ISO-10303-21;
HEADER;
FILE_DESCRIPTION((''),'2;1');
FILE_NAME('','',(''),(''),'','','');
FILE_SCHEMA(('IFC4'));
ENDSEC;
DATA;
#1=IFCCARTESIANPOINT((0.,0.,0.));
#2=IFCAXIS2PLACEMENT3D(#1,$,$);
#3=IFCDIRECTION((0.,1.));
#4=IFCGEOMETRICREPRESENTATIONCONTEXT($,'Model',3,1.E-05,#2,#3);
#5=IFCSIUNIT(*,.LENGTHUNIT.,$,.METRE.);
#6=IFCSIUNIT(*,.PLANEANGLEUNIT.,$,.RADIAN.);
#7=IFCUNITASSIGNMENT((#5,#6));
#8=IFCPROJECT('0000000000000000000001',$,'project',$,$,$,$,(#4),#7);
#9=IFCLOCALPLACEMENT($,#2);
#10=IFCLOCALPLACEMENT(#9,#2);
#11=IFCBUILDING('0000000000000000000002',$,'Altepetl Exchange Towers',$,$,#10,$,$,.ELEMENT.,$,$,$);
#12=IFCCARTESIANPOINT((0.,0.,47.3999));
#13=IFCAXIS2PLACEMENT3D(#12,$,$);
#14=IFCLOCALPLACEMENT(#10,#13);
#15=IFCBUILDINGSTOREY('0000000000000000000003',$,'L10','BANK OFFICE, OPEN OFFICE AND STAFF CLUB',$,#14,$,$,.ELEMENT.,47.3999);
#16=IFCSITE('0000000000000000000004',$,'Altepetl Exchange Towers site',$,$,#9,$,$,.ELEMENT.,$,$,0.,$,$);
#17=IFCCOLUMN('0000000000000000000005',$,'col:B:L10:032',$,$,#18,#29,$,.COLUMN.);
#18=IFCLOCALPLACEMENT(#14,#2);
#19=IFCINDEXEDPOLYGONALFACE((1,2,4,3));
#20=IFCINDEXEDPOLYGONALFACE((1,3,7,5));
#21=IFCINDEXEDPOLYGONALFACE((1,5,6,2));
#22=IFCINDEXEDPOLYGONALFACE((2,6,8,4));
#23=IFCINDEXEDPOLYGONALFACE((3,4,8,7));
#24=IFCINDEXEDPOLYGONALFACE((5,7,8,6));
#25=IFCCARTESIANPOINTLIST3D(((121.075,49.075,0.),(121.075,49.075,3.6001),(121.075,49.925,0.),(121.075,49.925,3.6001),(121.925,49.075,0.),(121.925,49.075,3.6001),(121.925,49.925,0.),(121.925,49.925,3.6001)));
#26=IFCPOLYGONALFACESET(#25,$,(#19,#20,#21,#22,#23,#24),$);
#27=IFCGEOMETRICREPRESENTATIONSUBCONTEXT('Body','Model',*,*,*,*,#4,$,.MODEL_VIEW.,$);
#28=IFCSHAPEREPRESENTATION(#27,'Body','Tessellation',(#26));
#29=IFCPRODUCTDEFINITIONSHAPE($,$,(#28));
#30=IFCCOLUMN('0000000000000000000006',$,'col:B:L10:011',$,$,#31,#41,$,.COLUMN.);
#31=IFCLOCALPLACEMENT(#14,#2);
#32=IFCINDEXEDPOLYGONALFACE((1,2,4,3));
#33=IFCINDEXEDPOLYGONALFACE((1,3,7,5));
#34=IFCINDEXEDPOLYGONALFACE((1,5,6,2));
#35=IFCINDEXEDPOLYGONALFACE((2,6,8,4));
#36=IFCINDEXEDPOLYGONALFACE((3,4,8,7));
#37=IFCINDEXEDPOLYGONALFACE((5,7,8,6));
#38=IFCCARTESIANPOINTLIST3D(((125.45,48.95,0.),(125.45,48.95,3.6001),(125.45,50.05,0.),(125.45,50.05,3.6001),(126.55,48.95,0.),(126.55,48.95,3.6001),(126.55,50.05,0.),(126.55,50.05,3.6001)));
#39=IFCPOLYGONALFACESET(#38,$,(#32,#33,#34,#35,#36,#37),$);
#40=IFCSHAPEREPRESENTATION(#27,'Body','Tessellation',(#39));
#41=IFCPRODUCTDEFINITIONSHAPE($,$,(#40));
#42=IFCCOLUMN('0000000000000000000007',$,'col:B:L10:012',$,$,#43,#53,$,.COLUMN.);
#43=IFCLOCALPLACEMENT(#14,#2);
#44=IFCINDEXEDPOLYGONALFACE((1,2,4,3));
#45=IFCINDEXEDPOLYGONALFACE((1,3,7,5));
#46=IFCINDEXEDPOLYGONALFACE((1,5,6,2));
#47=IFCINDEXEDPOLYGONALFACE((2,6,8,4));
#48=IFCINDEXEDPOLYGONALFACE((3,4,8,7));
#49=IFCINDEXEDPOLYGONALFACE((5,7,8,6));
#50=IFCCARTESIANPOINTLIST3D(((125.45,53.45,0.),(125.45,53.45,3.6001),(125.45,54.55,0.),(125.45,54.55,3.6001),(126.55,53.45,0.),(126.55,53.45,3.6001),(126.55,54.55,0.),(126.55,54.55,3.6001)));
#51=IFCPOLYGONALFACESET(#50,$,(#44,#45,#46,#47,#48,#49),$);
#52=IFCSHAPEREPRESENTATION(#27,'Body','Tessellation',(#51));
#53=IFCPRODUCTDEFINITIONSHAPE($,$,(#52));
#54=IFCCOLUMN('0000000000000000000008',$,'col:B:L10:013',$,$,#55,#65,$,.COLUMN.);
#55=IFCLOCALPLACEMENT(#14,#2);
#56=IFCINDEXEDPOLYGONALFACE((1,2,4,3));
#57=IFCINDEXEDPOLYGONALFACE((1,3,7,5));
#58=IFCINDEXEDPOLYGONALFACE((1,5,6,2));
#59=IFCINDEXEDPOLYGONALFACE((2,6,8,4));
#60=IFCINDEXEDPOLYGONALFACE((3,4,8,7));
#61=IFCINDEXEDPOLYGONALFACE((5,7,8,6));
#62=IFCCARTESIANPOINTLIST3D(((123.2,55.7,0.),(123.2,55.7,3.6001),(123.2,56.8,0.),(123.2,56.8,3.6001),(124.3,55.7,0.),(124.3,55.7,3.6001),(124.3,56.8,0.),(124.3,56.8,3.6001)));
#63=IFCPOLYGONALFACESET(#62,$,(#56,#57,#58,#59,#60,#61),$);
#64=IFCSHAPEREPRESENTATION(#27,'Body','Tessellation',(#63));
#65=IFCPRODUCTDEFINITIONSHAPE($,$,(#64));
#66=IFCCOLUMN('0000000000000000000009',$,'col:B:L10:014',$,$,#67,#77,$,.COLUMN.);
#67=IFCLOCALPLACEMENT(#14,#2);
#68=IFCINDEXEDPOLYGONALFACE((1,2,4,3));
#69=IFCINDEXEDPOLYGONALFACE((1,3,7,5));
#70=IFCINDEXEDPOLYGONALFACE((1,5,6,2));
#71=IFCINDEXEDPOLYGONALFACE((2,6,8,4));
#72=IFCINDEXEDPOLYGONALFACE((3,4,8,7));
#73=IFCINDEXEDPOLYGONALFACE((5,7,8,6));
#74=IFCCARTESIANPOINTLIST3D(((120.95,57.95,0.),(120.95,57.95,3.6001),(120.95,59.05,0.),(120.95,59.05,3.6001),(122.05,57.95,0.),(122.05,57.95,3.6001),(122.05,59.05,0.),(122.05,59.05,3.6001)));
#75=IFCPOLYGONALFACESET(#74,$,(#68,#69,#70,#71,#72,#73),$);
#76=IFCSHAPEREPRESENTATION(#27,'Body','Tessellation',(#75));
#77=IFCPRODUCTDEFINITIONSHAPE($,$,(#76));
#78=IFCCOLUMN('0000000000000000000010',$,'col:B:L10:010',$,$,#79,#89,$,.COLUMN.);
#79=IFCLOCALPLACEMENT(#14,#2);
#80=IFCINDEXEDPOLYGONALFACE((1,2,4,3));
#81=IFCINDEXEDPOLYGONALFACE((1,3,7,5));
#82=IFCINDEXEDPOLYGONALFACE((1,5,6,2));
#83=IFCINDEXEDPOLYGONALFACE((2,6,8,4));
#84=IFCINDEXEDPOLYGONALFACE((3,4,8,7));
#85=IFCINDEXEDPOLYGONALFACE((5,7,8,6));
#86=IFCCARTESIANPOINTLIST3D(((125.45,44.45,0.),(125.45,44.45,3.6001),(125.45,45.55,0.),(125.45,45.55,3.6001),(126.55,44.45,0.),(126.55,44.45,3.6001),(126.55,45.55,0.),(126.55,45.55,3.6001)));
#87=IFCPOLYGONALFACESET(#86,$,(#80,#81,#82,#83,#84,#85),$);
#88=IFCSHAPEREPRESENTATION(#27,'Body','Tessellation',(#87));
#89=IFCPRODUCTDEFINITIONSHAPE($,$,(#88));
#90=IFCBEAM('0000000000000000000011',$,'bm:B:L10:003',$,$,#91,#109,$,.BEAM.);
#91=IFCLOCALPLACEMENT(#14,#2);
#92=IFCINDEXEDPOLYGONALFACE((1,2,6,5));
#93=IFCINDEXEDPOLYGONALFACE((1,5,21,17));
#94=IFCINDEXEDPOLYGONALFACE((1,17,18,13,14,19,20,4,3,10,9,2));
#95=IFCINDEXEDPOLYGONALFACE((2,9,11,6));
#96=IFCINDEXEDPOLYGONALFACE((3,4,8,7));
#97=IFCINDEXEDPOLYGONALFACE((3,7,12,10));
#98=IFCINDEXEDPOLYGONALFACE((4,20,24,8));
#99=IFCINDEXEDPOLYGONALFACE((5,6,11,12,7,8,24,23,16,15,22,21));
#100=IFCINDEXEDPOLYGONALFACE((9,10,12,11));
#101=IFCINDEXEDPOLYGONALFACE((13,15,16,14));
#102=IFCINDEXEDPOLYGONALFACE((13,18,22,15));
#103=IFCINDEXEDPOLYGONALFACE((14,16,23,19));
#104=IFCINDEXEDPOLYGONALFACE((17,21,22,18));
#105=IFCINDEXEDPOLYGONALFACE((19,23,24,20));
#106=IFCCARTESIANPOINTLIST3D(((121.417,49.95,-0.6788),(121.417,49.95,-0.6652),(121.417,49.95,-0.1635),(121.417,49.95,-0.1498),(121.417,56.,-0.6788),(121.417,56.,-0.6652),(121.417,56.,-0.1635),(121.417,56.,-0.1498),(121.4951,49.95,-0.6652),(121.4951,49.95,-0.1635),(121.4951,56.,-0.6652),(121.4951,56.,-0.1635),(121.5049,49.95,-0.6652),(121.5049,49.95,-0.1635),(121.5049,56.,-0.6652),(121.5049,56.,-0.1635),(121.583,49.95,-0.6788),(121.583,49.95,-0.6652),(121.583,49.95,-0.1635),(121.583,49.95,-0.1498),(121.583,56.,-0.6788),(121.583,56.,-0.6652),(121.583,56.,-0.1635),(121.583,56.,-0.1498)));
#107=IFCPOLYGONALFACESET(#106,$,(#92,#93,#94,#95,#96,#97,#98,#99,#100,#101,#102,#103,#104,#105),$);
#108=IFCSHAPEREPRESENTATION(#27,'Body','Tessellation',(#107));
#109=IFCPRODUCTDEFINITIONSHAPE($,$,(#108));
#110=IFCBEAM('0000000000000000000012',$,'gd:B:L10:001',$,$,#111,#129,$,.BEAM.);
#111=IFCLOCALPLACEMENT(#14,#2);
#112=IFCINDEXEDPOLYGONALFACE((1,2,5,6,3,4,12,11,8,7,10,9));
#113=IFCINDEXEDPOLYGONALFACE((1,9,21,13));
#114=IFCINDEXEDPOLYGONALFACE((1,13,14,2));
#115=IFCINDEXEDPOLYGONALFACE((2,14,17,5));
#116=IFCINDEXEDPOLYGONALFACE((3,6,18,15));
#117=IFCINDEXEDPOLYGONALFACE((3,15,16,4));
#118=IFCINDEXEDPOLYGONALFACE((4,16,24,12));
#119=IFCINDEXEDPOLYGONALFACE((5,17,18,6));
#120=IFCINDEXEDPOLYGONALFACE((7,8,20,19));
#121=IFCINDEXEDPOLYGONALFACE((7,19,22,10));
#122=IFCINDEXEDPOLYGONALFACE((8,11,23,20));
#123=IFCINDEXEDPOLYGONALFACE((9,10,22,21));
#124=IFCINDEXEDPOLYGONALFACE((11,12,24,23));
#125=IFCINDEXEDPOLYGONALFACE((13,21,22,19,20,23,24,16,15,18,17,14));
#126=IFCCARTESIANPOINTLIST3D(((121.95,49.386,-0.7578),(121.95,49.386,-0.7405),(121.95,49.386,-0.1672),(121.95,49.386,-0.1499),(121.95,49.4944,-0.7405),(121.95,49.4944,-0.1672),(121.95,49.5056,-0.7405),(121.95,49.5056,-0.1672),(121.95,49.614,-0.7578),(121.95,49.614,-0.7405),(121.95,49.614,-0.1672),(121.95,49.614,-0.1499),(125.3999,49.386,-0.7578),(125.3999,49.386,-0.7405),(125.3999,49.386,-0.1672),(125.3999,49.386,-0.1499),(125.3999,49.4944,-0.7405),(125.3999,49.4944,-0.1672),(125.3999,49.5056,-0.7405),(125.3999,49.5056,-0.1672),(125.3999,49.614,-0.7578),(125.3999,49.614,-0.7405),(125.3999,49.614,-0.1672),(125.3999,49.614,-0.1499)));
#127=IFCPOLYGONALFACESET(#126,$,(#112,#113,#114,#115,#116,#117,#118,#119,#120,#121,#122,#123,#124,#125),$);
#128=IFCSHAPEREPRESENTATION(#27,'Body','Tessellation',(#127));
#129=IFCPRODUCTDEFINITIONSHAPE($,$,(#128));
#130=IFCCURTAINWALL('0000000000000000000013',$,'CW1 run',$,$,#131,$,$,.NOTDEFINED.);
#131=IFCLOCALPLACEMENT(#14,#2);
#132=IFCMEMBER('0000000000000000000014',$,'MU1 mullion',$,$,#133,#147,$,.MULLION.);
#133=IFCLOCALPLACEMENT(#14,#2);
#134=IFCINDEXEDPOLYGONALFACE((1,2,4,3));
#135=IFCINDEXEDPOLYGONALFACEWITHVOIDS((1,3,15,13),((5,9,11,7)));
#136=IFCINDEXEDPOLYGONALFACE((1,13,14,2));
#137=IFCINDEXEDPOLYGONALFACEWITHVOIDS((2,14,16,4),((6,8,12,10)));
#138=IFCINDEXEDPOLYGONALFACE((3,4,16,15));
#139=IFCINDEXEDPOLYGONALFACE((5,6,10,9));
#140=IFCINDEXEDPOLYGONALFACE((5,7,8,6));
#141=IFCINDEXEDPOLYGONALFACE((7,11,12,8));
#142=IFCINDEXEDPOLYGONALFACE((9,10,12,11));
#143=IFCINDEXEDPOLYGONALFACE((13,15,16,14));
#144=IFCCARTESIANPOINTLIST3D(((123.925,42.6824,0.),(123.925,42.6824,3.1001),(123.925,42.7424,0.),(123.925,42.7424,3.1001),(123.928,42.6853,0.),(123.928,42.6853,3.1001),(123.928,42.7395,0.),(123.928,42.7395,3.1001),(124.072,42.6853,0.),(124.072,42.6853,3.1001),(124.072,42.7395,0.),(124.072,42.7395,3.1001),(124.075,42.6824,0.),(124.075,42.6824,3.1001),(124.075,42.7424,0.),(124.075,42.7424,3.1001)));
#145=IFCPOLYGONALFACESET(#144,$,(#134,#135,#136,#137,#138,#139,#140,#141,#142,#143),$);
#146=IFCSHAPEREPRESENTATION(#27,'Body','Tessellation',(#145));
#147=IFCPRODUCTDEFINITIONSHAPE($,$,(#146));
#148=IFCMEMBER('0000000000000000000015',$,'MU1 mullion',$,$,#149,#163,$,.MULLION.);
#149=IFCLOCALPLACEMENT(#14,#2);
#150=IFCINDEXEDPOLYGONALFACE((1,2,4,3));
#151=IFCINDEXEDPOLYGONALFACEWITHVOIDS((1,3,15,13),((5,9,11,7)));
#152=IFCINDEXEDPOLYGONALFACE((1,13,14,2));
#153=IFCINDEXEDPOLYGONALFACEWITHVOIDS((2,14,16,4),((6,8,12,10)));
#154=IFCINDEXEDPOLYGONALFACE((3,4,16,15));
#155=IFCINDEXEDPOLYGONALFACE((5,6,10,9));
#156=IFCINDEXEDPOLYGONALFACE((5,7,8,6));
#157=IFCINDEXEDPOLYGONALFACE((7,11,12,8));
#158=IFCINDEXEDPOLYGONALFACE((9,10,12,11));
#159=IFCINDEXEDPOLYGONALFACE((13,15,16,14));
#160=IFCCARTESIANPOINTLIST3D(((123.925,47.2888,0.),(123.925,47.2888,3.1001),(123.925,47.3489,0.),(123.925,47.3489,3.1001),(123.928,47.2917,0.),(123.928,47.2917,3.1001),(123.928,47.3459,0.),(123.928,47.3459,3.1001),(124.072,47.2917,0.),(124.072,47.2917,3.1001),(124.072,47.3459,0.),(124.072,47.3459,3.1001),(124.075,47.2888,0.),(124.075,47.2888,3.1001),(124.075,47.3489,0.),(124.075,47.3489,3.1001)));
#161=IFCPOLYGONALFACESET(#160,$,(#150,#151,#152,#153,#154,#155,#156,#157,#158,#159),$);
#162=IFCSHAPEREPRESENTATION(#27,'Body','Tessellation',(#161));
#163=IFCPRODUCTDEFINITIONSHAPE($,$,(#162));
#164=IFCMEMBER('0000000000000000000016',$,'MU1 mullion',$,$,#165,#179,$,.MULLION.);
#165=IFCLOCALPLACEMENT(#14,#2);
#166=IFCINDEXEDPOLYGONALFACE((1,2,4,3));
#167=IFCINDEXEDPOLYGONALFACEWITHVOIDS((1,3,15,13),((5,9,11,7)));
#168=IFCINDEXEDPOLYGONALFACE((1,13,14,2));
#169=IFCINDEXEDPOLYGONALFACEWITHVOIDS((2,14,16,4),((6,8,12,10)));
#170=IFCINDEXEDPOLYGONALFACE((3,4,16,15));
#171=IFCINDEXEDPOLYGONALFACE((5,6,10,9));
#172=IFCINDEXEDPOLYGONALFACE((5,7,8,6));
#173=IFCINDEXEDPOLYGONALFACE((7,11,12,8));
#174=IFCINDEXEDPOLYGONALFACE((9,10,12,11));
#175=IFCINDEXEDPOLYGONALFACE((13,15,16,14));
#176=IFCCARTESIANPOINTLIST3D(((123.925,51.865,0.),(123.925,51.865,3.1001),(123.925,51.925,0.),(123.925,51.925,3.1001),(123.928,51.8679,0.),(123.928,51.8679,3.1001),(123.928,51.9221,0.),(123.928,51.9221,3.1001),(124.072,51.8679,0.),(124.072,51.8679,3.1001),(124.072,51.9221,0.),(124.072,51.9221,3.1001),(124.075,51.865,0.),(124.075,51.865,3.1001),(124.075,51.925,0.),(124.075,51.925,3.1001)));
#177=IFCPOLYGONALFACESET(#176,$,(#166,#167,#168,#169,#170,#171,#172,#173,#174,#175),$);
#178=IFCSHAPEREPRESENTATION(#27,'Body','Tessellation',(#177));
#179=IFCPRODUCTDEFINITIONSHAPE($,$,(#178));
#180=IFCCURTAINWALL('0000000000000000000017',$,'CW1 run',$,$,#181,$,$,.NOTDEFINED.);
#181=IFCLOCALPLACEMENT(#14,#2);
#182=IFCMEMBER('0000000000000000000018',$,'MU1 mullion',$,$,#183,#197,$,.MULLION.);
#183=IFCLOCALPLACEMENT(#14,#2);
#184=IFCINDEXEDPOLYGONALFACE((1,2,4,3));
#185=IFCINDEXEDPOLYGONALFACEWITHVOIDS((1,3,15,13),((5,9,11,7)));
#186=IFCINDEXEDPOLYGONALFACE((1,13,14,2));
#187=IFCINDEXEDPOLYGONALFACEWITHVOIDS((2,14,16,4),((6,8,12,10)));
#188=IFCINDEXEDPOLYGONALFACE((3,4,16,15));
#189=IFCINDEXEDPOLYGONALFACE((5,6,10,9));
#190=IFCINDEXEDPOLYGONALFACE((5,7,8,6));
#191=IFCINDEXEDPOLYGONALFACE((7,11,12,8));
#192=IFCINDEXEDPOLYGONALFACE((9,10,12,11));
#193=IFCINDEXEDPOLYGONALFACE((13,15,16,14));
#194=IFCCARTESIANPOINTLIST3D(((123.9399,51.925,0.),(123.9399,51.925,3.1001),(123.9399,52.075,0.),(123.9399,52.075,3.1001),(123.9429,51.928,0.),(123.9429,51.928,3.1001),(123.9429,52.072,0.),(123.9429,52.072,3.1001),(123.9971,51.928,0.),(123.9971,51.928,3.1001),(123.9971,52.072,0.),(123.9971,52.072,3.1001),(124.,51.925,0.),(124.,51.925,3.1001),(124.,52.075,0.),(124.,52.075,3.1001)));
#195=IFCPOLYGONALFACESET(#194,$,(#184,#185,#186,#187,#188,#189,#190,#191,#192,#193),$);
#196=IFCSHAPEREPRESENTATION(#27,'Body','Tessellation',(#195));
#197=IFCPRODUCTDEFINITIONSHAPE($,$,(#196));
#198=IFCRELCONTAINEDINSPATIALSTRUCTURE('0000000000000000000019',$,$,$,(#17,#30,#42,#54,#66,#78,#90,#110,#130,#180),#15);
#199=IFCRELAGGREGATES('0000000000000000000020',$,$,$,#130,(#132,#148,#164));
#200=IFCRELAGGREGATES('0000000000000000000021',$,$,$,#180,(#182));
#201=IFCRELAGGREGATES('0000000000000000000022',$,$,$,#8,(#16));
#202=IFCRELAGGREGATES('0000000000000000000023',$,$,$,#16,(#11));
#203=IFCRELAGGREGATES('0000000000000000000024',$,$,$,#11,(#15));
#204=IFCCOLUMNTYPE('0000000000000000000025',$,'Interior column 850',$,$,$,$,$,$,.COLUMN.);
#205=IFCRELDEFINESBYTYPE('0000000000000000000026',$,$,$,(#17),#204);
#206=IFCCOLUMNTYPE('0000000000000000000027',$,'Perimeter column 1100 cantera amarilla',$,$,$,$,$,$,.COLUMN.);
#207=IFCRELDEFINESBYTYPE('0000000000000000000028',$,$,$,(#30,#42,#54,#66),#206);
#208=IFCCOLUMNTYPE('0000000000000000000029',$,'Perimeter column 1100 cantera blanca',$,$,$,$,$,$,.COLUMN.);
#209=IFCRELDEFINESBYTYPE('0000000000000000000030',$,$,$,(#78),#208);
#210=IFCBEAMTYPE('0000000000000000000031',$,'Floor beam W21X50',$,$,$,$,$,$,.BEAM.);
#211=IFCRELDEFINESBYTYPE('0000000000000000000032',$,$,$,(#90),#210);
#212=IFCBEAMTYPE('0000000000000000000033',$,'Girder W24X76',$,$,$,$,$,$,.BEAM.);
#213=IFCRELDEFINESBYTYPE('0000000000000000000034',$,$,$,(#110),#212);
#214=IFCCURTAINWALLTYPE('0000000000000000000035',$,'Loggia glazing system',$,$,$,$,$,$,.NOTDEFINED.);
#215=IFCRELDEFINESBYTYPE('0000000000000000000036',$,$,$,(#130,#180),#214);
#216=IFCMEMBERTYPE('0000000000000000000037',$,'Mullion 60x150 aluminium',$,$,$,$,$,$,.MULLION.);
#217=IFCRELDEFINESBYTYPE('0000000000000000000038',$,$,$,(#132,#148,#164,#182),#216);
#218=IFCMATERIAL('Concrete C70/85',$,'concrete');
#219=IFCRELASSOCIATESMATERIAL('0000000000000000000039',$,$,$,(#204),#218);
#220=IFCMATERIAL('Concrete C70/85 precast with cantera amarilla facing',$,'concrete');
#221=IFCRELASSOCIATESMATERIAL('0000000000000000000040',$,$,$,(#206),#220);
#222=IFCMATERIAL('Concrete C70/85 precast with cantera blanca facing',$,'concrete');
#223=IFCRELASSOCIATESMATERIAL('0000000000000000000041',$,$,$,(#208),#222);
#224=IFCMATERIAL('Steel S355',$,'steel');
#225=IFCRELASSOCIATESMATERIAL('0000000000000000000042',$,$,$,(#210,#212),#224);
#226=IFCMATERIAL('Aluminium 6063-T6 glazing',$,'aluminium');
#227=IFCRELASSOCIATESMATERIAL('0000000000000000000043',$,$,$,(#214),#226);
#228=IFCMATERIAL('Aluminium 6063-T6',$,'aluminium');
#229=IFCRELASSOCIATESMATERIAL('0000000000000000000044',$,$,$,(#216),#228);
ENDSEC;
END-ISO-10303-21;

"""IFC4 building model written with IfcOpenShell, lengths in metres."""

from ifc_helpers import new_model, si_unit, direction, frame, origin, origin_2d, place, context, subcontext, project, spatial, rectangle, hollow_rectangle, i_section, extrude, material, material_profile, profile_set, type_object, element, aggregate, save


model = new_model("IFC4")

# Units and contexts
model_context = context("Model", 3, precision=1e-05, world=origin(), true_north=direction((0.0, 1.0)))
body_context = subcontext(model_context, "Body", "Model", "MODEL_VIEW")
ifc_project = project(units=[si_unit("LENGTHUNIT", "METRE"), si_unit("PLANEANGLEUNIT", "RADIAN")], contexts=[model_context])

# Site, building, storey
site_placement = place(None, origin())
site = spatial("IfcSite", under=ifc_project, at=site_placement, Name="Altepetl Exchange Towers site", CompositionType="ELEMENT", RefElevation=0.0)
building_placement = place(site_placement, origin())
building = spatial("IfcBuilding", under=site, at=building_placement, Name="Altepetl Exchange Towers", CompositionType="ELEMENT")
storey_placement = place(building_placement, frame((0.0, 0.0, 47.3999)))
storey = spatial("IfcBuildingStorey", under=building, at=storey_placement, Name="L10", Description="BANK OFFICE, OPEN OFFICE AND STAFF CLUB", CompositionType="ELEMENT", Elevation=47.3999)

# Columns
ifc_material_1 = material(Name="Concrete C70/85", Category="concrete")
ifc_material_profile_1 = material_profile(ifc_material_1, rectangle(XDim=0.8501, YDim=0.8501, at=origin_2d()), Name="850 x 850")
ifc_profile_set_1 = profile_set([ifc_material_profile_1], Name="Concrete C70/85")
column_type_1 = type_object("IfcColumnType", Name="Interior column 850", PredefinedType="COLUMN", material=ifc_profile_set_1)
column_1_placement = place(storey_placement, frame((121.5, 49.5, 0.0)))
element("IfcColumn", 1, at=column_1_placement, inside=storey, type_object=column_type_1, Name="col:B:L10:032", PredefinedType="COLUMN", context=body_context, shape_type="SweptSolid", body=[
    extrude(rectangle(XDim=0.8501, YDim=0.8501, at=origin_2d()), origin(), (0.0, 0.0, 1.0), 3.6001),
])
ifc_material_2 = material(Name="Concrete C70/85 precast with cantera amarilla facing", Category="concrete")
ifc_material_profile_2 = material_profile(ifc_material_2, rectangle(XDim=1.1001, YDim=1.1001, at=origin_2d()), Name="1100 x 1100")
ifc_profile_set_2 = profile_set([ifc_material_profile_2], Name="Concrete C70/85 precast with cantera amarilla facing")
column_type_2 = type_object("IfcColumnType", Name="Perimeter column 1100 cantera amarilla", PredefinedType="COLUMN", material=ifc_profile_set_2)
for number, where, name in (
    (2, (126.0, 49.5, 0.0), "col:B:L10:011"),
    (3, (126.0, 54.0, 0.0), "col:B:L10:012"),
    (4, (123.75, 56.25, 0.0), "col:B:L10:013"),
    (5, (121.5, 58.5, 0.0), "col:B:L10:014"),
):
    element("IfcColumn", number, at=place(storey_placement, frame(where)), inside=storey, type_object=column_type_2, Name=name, PredefinedType="COLUMN", context=body_context, shape_type="SweptSolid", body=[
        extrude(rectangle(XDim=1.1001, YDim=1.1001, at=origin_2d()), origin(), (0.0, 0.0, 1.0), 3.6001),
    ])
ifc_material_3 = material(Name="Concrete C70/85 precast with cantera blanca facing", Category="concrete")
ifc_material_profile_3 = material_profile(ifc_material_3, rectangle(XDim=1.1001, YDim=1.1001, at=origin_2d()), Name="1100 x 1100")
ifc_profile_set_3 = profile_set([ifc_material_profile_3], Name="Concrete C70/85 precast with cantera blanca facing")
column_type_3 = type_object("IfcColumnType", Name="Perimeter column 1100 cantera blanca", PredefinedType="COLUMN", material=ifc_profile_set_3)
column_2_placement = place(storey_placement, frame((126.0, 45.0, 0.0)))
element("IfcColumn", 6, at=column_2_placement, inside=storey, type_object=column_type_3, Name="col:B:L10:010", PredefinedType="COLUMN", context=body_context, shape_type="SweptSolid", body=[
    extrude(rectangle(XDim=1.1001, YDim=1.1001, at=origin_2d()), origin(), (0.0, 0.0, 1.0), 3.6001),
])

# Beams
ifc_material_4 = material(Name="Steel S355", Category="steel")
ifc_material_profile_4 = material_profile(ifc_material_4, i_section(OverallWidth=0.166, OverallDepth=0.5291, WebThickness=0.0098, FlangeThickness=0.0137, at=origin_2d()), Name="W21X50")
ifc_profile_set_4 = profile_set([ifc_material_profile_4], Name="Steel S355")
beam_type_1 = type_object("IfcBeamType", Name="Floor beam W21X50", PredefinedType="BEAM", material=ifc_profile_set_4)
beam_1_placement = place(storey_placement, frame((121.5, 49.95, -0.4143), z_axis=(0.0, 1.0, 0.0), x_axis=(-1.0, 0.0, 0.0)))
element("IfcBeam", 7, at=beam_1_placement, inside=storey, type_object=beam_type_1, Name="bm:B:L10:003", PredefinedType="BEAM", context=body_context, shape_type="SweptSolid", body=[
    extrude(i_section(OverallWidth=0.166, OverallDepth=0.5291, WebThickness=0.0098, FlangeThickness=0.0137, at=origin_2d()), origin(), (0.0, 0.0, 1.0), 6.05),
])
ifc_material_profile_5 = material_profile(ifc_material_4, i_section(OverallWidth=0.228, OverallDepth=0.6079, WebThickness=0.0112, FlangeThickness=0.0173, at=origin_2d()), Name="W24X76")
ifc_profile_set_5 = profile_set([ifc_material_profile_5], Name="Steel S355")
beam_type_2 = type_object("IfcBeamType", Name="Girder W24X76", PredefinedType="BEAM", material=ifc_profile_set_5)
beam_2_placement = place(storey_placement, frame((121.95, 49.5, -0.4539), z_axis=(1.0, 0.0, 0.0), x_axis=(0.0, 1.0, 0.0)))
element("IfcBeam", 8, at=beam_2_placement, inside=storey, type_object=beam_type_2, Name="gd:B:L10:001", PredefinedType="BEAM", context=body_context, shape_type="SweptSolid", body=[
    extrude(i_section(OverallWidth=0.228, OverallDepth=0.6079, WebThickness=0.0112, FlangeThickness=0.0173, at=origin_2d()), origin(), (0.0, 0.0, 1.0), 3.45),
])

# Curtain walls, members
ifc_material_5 = material(Name="Aluminium 6063-T6 glazing", Category="aluminium")
curtain_wall_type = type_object("IfcCurtainWallType", Name="Loggia glazing system", PredefinedType="NOTDEFINED", material=ifc_material_5)
curtain_wall_1_placement = place(storey_placement, origin())
curtain_wall_1 = element("IfcCurtainWall", 9, at=curtain_wall_1_placement, inside=storey, type_object=curtain_wall_type, Name="CW1 run", PredefinedType="NOTDEFINED")
ifc_material_6 = material(Name="Aluminium 6063-T6", Category="aluminium")
ifc_material_profile_6 = material_profile(ifc_material_6, hollow_rectangle(XDim=0.0601, YDim=0.1499, WallThickness=0.0029, at=origin_2d()), Name="Mullion 60x150 aluminium")
ifc_profile_set_6 = profile_set([ifc_material_profile_6], Name="Aluminium 6063-T6")
member_type = type_object("IfcMemberType", Name="Mullion 60x150 aluminium", PredefinedType="MULLION", material=ifc_profile_set_6)
member_1_placement = place(storey_placement, frame((124.0, 42.7124, 0.0), z_axis=(0.0, 0.0, 1.0), x_axis=(0.0, 1.0, 0.0)))
member_1 = element("IfcMember", 10, at=member_1_placement, type_object=member_type, Name="MU1 mullion", PredefinedType="MULLION", context=body_context, shape_type="SweptSolid", body=[
    extrude(hollow_rectangle(XDim=0.0601, YDim=0.1499, WallThickness=0.0029, at=origin_2d()), origin(), (0.0, 0.0, 1.0), 3.1001),
])
member_2_placement = place(storey_placement, frame((124.0, 47.3188, 0.0), z_axis=(0.0, 0.0, 1.0), x_axis=(0.0, 1.0, 0.0)))
member_2 = element("IfcMember", 11, at=member_2_placement, type_object=member_type, Name="MU1 mullion", PredefinedType="MULLION", context=body_context, shape_type="SweptSolid", body=[
    extrude(hollow_rectangle(XDim=0.0601, YDim=0.1499, WallThickness=0.0029, at=origin_2d()), origin(), (0.0, 0.0, 1.0), 3.1001),
])
member_3_placement = place(storey_placement, frame((124.0, 51.895, 0.0), z_axis=(0.0, 0.0, 1.0), x_axis=(0.0, 1.0, 0.0)))
member_3 = element("IfcMember", 12, at=member_3_placement, type_object=member_type, Name="MU1 mullion", PredefinedType="MULLION", context=body_context, shape_type="SweptSolid", body=[
    extrude(hollow_rectangle(XDim=0.0601, YDim=0.1499, WallThickness=0.0029, at=origin_2d()), origin(), (0.0, 0.0, 1.0), 3.1001),
])
curtain_wall_2_placement = place(storey_placement, origin())
curtain_wall_2 = element("IfcCurtainWall", 13, at=curtain_wall_2_placement, inside=storey, type_object=curtain_wall_type, Name="CW1 run", PredefinedType="NOTDEFINED")
member_4_placement = place(storey_placement, frame((123.97, 52.0, 0.0), z_axis=(0.0, 0.0, 1.0), x_axis=(-1.0, 0.0, 0.0)))
member_4 = element("IfcMember", 14, at=member_4_placement, type_object=member_type, Name="MU1 mullion", PredefinedType="MULLION", context=body_context, shape_type="SweptSolid", body=[
    extrude(hollow_rectangle(XDim=0.0601, YDim=0.1499, WallThickness=0.0029, at=origin_2d()), origin(), (0.0, 0.0, 1.0), 3.1001),
])

aggregate(curtain_wall_1, [member_1, member_2, member_3])
aggregate(curtain_wall_2, [member_4])

save(model, "model.ifc")
